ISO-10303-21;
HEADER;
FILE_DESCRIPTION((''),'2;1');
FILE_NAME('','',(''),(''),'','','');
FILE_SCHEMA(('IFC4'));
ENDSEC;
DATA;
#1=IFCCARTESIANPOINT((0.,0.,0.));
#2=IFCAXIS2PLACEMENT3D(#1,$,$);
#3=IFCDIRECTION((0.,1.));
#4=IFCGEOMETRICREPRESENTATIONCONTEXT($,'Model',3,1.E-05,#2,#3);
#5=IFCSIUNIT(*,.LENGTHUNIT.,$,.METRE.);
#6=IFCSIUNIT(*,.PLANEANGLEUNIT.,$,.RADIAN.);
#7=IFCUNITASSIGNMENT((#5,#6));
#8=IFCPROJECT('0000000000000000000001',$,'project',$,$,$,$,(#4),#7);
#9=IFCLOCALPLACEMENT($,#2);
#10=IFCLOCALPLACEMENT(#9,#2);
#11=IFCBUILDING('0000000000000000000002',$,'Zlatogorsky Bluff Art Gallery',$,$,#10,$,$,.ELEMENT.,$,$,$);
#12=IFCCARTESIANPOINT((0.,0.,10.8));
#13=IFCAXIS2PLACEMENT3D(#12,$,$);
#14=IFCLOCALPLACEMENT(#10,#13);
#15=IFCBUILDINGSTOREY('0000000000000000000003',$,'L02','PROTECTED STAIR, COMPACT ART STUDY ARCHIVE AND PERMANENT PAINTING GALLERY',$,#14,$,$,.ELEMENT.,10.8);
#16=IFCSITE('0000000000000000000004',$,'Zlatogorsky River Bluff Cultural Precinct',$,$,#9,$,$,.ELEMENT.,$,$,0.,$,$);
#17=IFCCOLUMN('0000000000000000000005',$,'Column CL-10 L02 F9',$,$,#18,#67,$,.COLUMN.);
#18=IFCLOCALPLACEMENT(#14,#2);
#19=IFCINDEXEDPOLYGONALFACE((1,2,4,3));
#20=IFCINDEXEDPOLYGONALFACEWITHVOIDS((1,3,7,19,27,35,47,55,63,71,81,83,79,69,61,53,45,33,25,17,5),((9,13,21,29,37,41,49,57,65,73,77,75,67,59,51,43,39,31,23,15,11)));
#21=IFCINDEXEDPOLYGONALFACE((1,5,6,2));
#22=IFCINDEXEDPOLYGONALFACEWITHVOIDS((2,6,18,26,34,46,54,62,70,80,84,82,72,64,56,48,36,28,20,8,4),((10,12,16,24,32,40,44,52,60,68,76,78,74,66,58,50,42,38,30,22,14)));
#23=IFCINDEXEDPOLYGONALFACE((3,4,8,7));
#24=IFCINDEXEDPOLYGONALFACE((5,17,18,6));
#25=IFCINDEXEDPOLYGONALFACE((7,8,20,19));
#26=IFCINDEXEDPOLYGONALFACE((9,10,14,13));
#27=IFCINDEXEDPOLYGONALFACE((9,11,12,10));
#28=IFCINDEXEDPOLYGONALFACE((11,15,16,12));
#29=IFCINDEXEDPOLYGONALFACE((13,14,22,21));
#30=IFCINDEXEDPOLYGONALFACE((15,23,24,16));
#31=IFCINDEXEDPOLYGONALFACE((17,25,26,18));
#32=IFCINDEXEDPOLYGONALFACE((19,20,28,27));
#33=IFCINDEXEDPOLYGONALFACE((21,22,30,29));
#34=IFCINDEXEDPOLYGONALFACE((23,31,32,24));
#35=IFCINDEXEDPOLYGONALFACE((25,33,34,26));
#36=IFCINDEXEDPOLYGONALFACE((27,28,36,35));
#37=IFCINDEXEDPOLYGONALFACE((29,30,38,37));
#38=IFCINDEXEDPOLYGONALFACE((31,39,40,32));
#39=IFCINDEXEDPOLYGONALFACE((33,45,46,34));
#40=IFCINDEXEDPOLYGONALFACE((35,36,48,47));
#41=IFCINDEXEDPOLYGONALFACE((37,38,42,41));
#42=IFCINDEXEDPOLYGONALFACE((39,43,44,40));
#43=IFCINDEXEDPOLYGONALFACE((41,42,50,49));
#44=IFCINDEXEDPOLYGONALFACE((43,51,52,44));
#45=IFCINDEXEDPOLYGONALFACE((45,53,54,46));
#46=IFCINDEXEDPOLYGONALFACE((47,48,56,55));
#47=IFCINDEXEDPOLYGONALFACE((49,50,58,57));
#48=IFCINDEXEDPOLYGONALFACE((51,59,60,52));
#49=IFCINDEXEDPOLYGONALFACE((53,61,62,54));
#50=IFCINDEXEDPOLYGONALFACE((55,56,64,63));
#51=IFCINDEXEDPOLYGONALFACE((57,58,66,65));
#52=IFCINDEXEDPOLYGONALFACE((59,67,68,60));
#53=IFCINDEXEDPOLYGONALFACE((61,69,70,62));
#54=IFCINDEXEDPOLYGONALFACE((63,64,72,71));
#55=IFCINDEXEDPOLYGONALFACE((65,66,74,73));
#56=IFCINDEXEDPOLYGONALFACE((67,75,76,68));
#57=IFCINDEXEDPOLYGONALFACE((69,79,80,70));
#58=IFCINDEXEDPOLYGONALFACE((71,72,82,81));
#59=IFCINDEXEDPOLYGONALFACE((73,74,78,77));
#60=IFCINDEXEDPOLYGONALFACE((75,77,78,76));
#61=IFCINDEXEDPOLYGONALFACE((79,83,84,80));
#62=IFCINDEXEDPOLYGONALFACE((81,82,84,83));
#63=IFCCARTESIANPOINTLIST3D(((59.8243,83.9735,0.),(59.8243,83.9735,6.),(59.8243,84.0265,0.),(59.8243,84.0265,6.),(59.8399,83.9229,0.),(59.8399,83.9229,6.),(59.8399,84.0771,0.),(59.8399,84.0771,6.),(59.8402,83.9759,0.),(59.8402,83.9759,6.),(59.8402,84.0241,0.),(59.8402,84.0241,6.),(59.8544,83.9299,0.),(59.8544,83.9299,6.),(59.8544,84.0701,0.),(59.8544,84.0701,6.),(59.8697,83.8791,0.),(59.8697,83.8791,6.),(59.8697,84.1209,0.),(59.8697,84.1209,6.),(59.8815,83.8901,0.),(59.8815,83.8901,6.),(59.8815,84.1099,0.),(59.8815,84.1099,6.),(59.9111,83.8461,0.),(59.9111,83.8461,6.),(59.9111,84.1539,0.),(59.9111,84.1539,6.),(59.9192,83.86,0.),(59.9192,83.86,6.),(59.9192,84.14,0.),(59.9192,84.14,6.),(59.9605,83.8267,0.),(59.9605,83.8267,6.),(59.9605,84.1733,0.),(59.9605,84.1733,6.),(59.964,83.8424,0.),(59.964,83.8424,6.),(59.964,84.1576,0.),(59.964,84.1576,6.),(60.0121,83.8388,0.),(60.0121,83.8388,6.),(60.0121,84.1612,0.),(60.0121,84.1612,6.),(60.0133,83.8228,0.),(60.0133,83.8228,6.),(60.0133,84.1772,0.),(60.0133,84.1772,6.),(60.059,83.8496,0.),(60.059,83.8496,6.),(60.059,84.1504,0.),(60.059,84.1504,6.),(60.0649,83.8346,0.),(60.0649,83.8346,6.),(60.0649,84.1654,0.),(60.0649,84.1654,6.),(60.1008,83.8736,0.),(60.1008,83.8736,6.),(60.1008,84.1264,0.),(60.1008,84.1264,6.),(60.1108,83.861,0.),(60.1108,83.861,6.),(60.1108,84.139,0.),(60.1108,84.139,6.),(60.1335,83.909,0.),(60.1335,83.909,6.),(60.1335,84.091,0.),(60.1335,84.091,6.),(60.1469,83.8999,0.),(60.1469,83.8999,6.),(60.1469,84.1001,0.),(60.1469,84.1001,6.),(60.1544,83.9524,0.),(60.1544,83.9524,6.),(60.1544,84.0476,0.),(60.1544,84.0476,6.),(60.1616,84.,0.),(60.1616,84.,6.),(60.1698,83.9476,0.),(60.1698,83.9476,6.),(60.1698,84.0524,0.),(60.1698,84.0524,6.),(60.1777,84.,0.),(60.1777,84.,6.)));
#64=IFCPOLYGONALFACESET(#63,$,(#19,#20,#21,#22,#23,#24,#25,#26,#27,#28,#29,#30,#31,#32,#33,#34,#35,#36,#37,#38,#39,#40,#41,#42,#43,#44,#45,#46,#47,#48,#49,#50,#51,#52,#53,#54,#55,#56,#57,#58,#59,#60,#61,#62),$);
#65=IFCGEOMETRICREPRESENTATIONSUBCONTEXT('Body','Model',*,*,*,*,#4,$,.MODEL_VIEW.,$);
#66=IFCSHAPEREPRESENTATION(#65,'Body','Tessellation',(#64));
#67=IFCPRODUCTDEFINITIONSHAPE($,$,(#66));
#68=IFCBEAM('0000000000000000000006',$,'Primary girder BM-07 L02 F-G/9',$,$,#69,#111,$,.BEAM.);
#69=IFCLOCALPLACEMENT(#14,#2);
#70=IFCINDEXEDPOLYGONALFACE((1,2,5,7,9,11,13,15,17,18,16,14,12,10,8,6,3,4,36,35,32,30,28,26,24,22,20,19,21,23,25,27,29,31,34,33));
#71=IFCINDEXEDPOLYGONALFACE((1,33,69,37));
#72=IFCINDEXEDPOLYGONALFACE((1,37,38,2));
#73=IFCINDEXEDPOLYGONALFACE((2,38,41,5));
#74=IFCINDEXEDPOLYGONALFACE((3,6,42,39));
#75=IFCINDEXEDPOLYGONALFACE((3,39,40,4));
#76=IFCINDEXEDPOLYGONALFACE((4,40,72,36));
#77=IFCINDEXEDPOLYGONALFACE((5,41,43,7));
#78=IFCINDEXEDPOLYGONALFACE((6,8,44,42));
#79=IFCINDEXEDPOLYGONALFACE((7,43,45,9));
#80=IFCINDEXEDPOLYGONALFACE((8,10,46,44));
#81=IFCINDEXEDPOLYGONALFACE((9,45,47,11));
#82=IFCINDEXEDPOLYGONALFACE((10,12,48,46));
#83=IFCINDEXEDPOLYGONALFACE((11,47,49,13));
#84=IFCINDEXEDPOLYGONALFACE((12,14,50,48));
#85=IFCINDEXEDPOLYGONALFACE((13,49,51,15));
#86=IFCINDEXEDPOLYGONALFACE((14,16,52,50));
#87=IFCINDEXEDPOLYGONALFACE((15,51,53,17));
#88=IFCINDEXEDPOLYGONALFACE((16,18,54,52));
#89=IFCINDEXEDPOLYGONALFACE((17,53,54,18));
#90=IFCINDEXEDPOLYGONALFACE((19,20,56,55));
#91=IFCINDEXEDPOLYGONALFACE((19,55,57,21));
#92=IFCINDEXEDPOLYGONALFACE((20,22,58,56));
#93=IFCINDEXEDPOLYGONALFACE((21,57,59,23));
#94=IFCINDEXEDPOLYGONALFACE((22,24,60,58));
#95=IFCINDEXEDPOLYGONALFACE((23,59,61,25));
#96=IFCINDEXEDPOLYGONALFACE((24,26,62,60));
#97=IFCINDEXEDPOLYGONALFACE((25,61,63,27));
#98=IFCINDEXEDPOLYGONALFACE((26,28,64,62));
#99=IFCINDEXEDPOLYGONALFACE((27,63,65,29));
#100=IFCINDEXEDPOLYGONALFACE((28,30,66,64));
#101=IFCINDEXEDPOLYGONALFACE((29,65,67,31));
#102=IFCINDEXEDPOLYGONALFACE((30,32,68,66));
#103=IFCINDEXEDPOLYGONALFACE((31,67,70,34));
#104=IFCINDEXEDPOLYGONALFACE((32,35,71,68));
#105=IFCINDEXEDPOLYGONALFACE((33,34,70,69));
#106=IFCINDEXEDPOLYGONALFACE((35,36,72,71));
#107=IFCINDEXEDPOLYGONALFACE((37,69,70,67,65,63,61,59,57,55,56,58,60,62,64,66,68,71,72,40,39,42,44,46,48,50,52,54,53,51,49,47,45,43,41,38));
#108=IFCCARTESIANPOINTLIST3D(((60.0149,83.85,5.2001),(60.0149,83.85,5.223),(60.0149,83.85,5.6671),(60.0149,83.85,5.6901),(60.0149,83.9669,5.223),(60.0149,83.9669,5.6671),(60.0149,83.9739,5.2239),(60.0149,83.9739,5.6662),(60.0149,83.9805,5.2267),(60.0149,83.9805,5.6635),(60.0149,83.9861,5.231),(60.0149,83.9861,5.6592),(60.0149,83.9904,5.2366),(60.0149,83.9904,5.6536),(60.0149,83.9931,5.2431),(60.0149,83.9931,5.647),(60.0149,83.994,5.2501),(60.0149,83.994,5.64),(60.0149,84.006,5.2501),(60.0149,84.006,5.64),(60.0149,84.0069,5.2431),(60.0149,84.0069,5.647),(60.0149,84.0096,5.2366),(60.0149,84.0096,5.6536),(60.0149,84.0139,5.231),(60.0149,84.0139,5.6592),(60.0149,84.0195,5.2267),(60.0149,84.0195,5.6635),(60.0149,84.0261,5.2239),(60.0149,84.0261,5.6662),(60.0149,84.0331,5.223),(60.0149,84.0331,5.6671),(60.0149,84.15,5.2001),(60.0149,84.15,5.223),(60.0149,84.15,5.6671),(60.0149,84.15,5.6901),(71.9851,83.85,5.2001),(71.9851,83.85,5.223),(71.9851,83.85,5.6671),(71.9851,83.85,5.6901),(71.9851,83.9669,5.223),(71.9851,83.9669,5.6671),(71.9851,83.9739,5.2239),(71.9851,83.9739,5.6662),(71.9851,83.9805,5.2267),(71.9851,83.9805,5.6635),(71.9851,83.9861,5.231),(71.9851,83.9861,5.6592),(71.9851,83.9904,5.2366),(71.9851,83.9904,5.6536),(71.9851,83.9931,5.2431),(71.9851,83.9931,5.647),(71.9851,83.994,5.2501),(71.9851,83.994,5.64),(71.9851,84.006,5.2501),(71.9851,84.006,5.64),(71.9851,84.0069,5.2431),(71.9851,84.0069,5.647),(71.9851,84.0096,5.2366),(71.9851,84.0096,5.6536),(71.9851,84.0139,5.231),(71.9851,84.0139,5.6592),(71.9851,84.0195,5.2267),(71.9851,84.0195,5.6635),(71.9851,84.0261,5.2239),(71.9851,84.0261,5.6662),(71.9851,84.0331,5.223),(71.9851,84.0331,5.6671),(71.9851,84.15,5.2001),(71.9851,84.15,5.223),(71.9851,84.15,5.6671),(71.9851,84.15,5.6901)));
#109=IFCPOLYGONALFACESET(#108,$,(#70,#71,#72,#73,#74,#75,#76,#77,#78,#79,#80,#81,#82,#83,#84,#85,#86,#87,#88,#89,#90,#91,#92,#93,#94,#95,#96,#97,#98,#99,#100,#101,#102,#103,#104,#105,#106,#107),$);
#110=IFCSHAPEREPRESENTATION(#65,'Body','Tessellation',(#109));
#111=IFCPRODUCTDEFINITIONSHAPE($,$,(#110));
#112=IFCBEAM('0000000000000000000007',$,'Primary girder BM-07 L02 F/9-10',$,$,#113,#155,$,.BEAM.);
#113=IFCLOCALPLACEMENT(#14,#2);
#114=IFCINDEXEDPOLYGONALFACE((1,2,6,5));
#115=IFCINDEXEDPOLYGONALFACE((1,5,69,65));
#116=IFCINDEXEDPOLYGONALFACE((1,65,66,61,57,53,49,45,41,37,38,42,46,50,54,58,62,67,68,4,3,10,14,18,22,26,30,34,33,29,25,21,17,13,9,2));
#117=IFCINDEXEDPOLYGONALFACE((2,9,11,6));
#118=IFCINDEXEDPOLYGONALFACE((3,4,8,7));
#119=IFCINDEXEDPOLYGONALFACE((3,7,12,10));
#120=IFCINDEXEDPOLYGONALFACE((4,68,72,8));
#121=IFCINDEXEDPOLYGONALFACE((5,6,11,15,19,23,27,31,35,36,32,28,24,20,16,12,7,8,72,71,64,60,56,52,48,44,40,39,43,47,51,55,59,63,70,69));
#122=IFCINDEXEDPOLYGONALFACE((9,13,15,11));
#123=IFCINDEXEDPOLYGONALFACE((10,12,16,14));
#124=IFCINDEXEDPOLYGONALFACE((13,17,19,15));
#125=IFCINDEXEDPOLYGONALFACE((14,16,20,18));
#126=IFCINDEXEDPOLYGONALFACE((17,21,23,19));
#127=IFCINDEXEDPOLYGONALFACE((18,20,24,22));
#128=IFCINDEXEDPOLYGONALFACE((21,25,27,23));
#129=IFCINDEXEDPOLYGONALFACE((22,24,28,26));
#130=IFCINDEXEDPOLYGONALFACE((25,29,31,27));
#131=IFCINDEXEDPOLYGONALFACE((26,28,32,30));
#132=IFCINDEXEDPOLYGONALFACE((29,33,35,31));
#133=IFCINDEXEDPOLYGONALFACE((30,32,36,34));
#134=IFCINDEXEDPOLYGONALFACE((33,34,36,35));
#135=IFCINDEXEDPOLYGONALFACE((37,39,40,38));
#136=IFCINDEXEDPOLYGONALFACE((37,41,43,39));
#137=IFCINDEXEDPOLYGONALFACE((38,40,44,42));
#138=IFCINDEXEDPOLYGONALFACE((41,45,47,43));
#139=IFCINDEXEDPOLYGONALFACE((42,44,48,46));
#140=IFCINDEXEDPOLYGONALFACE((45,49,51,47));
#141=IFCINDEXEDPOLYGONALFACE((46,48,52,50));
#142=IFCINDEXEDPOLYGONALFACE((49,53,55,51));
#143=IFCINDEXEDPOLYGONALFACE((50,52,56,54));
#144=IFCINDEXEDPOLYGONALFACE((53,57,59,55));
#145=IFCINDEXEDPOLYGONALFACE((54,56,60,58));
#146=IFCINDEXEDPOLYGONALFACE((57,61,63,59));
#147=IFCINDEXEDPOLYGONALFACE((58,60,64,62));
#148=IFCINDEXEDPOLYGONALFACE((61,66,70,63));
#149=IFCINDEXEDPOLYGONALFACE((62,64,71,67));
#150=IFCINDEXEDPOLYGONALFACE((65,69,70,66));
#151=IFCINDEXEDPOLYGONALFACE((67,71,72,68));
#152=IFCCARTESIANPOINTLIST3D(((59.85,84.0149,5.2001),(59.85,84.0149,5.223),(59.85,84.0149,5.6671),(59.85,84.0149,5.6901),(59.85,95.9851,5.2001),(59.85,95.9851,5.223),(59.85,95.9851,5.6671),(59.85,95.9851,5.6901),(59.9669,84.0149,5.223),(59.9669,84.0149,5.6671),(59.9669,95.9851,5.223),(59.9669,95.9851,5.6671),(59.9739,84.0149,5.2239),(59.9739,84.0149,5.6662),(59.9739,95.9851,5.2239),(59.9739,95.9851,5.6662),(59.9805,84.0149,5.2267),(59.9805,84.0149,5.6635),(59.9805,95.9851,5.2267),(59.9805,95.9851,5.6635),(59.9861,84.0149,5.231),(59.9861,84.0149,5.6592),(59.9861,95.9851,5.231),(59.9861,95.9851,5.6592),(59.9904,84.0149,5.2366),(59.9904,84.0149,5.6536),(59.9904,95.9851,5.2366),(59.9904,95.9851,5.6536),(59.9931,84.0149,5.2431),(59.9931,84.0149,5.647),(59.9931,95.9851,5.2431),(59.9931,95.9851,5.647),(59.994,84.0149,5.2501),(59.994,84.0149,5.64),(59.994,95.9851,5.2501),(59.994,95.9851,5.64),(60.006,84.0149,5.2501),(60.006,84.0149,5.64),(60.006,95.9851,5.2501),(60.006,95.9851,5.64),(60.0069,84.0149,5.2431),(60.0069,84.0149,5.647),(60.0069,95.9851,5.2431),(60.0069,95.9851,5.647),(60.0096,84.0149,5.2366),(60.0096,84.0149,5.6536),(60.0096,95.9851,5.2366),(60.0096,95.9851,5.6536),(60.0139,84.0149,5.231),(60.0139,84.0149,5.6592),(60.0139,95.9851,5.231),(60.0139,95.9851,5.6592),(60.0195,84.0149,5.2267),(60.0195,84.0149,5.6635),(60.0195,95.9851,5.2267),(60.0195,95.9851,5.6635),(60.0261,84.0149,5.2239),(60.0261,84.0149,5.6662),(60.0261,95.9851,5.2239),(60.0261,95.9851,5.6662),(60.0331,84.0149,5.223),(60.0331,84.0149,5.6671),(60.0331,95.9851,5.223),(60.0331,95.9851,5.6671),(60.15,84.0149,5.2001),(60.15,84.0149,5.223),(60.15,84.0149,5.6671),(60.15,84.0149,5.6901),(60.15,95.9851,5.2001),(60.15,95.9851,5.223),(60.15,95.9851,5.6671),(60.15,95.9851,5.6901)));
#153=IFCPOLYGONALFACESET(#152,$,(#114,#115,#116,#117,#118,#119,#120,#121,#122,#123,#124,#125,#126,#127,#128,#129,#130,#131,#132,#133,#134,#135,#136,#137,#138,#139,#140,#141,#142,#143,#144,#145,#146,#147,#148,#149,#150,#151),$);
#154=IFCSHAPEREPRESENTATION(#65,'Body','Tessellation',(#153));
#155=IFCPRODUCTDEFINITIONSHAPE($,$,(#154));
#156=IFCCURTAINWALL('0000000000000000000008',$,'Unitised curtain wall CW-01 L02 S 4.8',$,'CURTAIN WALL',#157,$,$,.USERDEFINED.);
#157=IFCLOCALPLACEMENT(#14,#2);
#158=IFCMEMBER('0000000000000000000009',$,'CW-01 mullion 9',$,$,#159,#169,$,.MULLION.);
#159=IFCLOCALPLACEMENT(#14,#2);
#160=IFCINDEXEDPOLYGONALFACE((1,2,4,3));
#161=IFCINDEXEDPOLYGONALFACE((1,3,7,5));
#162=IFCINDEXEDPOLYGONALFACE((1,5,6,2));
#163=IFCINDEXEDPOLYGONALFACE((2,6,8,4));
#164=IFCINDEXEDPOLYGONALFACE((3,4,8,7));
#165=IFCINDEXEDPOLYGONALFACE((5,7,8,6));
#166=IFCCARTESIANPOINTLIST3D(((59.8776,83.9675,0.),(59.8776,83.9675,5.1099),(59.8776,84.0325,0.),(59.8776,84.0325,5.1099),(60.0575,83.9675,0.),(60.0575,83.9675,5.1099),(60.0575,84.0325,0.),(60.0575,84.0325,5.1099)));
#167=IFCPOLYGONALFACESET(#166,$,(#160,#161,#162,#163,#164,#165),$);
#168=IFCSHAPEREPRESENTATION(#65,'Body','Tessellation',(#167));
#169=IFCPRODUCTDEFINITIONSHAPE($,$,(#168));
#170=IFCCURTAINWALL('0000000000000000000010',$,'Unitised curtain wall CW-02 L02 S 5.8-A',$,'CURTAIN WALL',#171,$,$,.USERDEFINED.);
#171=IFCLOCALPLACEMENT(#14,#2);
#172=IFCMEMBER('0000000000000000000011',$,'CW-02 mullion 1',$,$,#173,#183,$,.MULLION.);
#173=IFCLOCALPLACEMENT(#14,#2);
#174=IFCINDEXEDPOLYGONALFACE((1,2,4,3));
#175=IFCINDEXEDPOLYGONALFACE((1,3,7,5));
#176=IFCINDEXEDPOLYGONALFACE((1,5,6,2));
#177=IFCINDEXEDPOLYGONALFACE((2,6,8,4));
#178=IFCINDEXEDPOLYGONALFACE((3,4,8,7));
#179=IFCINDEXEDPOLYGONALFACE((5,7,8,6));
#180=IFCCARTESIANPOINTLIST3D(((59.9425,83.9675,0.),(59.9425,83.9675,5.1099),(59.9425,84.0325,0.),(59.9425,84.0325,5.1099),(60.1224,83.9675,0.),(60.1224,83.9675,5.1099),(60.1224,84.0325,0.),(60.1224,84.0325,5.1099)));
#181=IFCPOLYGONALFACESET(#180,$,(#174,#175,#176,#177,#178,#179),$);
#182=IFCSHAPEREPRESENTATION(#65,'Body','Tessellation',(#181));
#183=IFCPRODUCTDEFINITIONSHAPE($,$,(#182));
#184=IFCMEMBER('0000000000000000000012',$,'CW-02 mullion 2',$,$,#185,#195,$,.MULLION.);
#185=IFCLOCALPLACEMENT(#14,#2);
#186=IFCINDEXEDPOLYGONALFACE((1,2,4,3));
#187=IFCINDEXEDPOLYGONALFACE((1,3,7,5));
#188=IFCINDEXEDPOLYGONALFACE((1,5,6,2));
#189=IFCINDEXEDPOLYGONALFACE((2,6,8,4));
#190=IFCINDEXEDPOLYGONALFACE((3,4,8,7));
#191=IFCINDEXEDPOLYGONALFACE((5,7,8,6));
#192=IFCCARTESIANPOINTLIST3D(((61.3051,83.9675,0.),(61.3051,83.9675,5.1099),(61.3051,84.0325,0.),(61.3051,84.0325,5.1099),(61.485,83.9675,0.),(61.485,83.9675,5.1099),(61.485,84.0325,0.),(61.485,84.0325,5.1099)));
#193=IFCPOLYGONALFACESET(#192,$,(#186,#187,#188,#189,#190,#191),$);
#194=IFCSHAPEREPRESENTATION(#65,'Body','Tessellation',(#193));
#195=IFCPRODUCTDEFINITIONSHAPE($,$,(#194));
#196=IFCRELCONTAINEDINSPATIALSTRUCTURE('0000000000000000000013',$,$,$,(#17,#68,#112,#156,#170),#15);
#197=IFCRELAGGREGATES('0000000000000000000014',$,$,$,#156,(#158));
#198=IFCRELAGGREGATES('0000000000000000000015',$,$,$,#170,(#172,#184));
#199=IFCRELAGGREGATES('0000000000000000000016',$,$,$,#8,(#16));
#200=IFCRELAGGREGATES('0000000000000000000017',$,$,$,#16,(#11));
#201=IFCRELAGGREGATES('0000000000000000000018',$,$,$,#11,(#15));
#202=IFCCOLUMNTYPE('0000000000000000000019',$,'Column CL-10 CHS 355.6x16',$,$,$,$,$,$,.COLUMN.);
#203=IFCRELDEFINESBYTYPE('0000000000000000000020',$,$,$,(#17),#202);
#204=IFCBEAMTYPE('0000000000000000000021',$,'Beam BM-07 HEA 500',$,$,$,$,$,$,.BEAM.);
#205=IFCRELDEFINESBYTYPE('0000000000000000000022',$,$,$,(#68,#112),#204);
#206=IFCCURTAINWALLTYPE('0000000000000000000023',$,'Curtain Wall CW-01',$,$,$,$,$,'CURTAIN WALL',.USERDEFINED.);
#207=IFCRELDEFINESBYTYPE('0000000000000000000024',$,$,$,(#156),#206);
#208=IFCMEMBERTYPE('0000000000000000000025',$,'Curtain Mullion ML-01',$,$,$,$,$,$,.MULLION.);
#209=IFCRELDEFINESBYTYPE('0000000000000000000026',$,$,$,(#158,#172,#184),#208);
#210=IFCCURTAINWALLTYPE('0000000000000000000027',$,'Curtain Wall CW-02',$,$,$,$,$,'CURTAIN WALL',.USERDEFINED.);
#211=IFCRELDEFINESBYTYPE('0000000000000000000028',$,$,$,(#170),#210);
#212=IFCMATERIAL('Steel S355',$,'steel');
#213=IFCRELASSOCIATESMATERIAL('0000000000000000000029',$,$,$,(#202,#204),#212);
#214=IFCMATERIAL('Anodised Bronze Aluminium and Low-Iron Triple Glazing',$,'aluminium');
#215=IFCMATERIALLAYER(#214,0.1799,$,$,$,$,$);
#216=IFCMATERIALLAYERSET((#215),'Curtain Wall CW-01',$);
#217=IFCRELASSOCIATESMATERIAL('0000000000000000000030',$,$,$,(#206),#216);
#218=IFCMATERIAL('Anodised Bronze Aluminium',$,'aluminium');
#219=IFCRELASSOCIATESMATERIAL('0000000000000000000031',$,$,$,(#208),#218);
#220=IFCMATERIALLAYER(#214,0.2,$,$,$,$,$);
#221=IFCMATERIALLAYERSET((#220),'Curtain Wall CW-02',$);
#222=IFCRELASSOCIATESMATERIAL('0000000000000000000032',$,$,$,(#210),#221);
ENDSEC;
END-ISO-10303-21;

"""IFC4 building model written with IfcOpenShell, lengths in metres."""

from ifc_helpers import new_model, si_unit, direction, frame, origin, origin_2d, place, context, subcontext, project, spatial, rectangle, hollow_circle, i_section, extrude, material, layer, layer_set, material_profile, profile_set, type_object, element, aggregate, save


model = new_model("IFC4")

# Units and contexts
model_context = context("Model", 3, precision=1e-05, world=origin(), true_north=direction((0.0, 1.0)))
body_context = subcontext(model_context, "Body", "Model", "MODEL_VIEW")
ifc_project = project(units=[si_unit("LENGTHUNIT", "METRE"), si_unit("PLANEANGLEUNIT", "RADIAN")], contexts=[model_context])

# Site, building, storey
site_placement = place(None, origin())
site = spatial("IfcSite", under=ifc_project, at=site_placement, Name="Zlatogorsky River Bluff Cultural Precinct", CompositionType="ELEMENT", RefElevation=0.0)
building_placement = place(site_placement, origin())
building = spatial("IfcBuilding", under=site, at=building_placement, Name="Zlatogorsky Bluff Art Gallery", CompositionType="ELEMENT")
storey_placement = place(building_placement, frame((0.0, 0.0, 10.8)))
storey = spatial("IfcBuildingStorey", under=building, at=storey_placement, Name="L02", Description="PROTECTED STAIR, COMPACT ART STUDY ARCHIVE AND PERMANENT PAINTING GALLERY", CompositionType="ELEMENT", Elevation=10.8)

# Column
ifc_material_1 = material(Name="Steel S355", Category="steel")
ifc_material_profile_1 = material_profile(ifc_material_1, hollow_circle(Radius=0.1777, WallThickness=0.0161, at=origin_2d()), Name="CHS 355.6x16")
ifc_profile_set_1 = profile_set([ifc_material_profile_1], Name="Steel S355")
column_type = type_object("IfcColumnType", Name="Column CL-10 CHS 355.6x16", PredefinedType="COLUMN", material=ifc_profile_set_1)
column_placement = place(storey_placement, frame((60.0, 84.0, 0.0), z_axis=(0.0, 0.0, 1.0), x_axis=(1.0, 0.0, 0.0)))
element("IfcColumn", 1, at=column_placement, inside=storey, type_object=column_type, Name="Column CL-10 L02 F9", PredefinedType="COLUMN", context=body_context, shape_type="SweptSolid", body=[
    extrude(hollow_circle(Radius=0.1777, WallThickness=0.0161, at=origin_2d()), origin(), (0.0, 0.0, 1.0), 6.0),
])

# Beams
ifc_material_profile_2 = material_profile(ifc_material_1, i_section(OverallWidth=0.3, OverallDepth=0.49, WebThickness=0.012, FlangeThickness=0.0229, FilletRadius=0.0271, at=origin_2d()), Name="HEA 500")
ifc_profile_set_2 = profile_set([ifc_material_profile_2], Name="Steel S355")
beam_type = type_object("IfcBeamType", Name="Beam BM-07 HEA 500", PredefinedType="BEAM", material=ifc_profile_set_2)
for number, where, z_axis, x_axis, name in (
    (2, (60.0149, 84.0, 5.4451), (1.0, 0.0, 0.0), (0.0, 1.0, 0.0), "Primary girder BM-07 L02 F-G/9"),
    (3, (60.0, 84.0149, 5.4451), (0.0, 1.0, 0.0), (-1.0, 0.0, 0.0), "Primary girder BM-07 L02 F/9-10"),
):
    element("IfcBeam", number, at=place(storey_placement, frame(where, z_axis=z_axis, x_axis=x_axis)), inside=storey, type_object=beam_type, Name=name, PredefinedType="BEAM", context=body_context, shape_type="SweptSolid", body=[
        extrude(i_section(OverallWidth=0.3, OverallDepth=0.49, WebThickness=0.012, FlangeThickness=0.0229, FilletRadius=0.0271, at=origin_2d()), origin(), (0.0, 0.0, 1.0), 11.9702),
    ])

# Curtain wall, member
ifc_material_2 = material(Name="Anodised Bronze Aluminium and Low-Iron Triple Glazing", Category="aluminium")
ifc_layer_1 = layer(ifc_material_2, 0.1799)
ifc_layer_set_1 = layer_set([ifc_layer_1], Name="Curtain Wall CW-01")
curtain_wall_type_1 = type_object("IfcCurtainWallType", Name="Curtain Wall CW-01", ElementType="CURTAIN WALL", PredefinedType="USERDEFINED", material=ifc_layer_set_1)
curtain_wall_1_placement = place(storey_placement, origin())
curtain_wall_1 = element("IfcCurtainWall", 4, at=curtain_wall_1_placement, inside=storey, type_object=curtain_wall_type_1, Name="Unitised curtain wall CW-01 L02 S 4.8", ObjectType="CURTAIN WALL", PredefinedType="USERDEFINED")
ifc_material_3 = material(Name="Anodised Bronze Aluminium", Category="aluminium")
ifc_material_profile_3 = material_profile(ifc_material_3, rectangle(XDim=0.0649, YDim=0.1799, at=origin_2d()), Name="ALU MULLION 65x180")
ifc_profile_set_3 = profile_set([ifc_material_profile_3], Name="Anodised Bronze Aluminium")
member_type_1 = type_object("IfcMemberType", Name="Curtain Mullion ML-01", PredefinedType="MULLION", material=ifc_profile_set_3)
member_1_placement = place(storey_placement, frame((59.9675, 84.0, 0.0), z_axis=(0.0, 0.0, 1.0), x_axis=(0.0, 1.0, 0.0)))
member_1 = element("IfcMember", 5, at=member_1_placement, type_object=member_type_1, Name="CW-01 mullion 9", PredefinedType="MULLION", context=body_context, shape_type="SweptSolid", body=[
    extrude(rectangle(XDim=0.0649, YDim=0.1799, at=origin_2d()), origin(), (0.0, 0.0, 1.0), 5.1099),
])

# Curtain wall, members
ifc_layer_2 = layer(ifc_material_2, 0.2)
ifc_layer_set_2 = layer_set([ifc_layer_2], Name="Curtain Wall CW-02")
curtain_wall_type_2 = type_object("IfcCurtainWallType", Name="Curtain Wall CW-02", ElementType="CURTAIN WALL", PredefinedType="USERDEFINED", material=ifc_layer_set_2)
curtain_wall_2_placement = place(storey_placement, origin())
curtain_wall_2 = element("IfcCurtainWall", 6, at=curtain_wall_2_placement, inside=storey, type_object=curtain_wall_type_2, Name="Unitised curtain wall CW-02 L02 S 5.8-A", ObjectType="CURTAIN WALL", PredefinedType="USERDEFINED")
member_2_placement = place(storey_placement, frame((60.0325, 84.0, 0.0), z_axis=(0.0, 0.0, 1.0), x_axis=(0.0, 1.0, 0.0)))
member_2 = element("IfcMember", 7, at=member_2_placement, type_object=member_type_1, Name="CW-02 mullion 1", PredefinedType="MULLION", context=body_context, shape_type="SweptSolid", body=[
    extrude(rectangle(XDim=0.0649, YDim=0.1799, at=origin_2d()), origin(), (0.0, 0.0, 1.0), 5.1099),
])
member_3_placement = place(storey_placement, frame((61.395, 84.0, 0.0), z_axis=(0.0, 0.0, 1.0), x_axis=(0.0, 1.0, 0.0)))
member_3 = element("IfcMember", 8, at=member_3_placement, type_object=member_type_1, Name="CW-02 mullion 2", PredefinedType="MULLION", context=body_context, shape_type="SweptSolid", body=[
    extrude(rectangle(XDim=0.0649, YDim=0.1799, at=origin_2d()), origin(), (0.0, 0.0, 1.0), 5.1099),
])

aggregate(curtain_wall_1, [member_1])
aggregate(curtain_wall_2, [member_2, member_3])

save(model, "model.ifc")
